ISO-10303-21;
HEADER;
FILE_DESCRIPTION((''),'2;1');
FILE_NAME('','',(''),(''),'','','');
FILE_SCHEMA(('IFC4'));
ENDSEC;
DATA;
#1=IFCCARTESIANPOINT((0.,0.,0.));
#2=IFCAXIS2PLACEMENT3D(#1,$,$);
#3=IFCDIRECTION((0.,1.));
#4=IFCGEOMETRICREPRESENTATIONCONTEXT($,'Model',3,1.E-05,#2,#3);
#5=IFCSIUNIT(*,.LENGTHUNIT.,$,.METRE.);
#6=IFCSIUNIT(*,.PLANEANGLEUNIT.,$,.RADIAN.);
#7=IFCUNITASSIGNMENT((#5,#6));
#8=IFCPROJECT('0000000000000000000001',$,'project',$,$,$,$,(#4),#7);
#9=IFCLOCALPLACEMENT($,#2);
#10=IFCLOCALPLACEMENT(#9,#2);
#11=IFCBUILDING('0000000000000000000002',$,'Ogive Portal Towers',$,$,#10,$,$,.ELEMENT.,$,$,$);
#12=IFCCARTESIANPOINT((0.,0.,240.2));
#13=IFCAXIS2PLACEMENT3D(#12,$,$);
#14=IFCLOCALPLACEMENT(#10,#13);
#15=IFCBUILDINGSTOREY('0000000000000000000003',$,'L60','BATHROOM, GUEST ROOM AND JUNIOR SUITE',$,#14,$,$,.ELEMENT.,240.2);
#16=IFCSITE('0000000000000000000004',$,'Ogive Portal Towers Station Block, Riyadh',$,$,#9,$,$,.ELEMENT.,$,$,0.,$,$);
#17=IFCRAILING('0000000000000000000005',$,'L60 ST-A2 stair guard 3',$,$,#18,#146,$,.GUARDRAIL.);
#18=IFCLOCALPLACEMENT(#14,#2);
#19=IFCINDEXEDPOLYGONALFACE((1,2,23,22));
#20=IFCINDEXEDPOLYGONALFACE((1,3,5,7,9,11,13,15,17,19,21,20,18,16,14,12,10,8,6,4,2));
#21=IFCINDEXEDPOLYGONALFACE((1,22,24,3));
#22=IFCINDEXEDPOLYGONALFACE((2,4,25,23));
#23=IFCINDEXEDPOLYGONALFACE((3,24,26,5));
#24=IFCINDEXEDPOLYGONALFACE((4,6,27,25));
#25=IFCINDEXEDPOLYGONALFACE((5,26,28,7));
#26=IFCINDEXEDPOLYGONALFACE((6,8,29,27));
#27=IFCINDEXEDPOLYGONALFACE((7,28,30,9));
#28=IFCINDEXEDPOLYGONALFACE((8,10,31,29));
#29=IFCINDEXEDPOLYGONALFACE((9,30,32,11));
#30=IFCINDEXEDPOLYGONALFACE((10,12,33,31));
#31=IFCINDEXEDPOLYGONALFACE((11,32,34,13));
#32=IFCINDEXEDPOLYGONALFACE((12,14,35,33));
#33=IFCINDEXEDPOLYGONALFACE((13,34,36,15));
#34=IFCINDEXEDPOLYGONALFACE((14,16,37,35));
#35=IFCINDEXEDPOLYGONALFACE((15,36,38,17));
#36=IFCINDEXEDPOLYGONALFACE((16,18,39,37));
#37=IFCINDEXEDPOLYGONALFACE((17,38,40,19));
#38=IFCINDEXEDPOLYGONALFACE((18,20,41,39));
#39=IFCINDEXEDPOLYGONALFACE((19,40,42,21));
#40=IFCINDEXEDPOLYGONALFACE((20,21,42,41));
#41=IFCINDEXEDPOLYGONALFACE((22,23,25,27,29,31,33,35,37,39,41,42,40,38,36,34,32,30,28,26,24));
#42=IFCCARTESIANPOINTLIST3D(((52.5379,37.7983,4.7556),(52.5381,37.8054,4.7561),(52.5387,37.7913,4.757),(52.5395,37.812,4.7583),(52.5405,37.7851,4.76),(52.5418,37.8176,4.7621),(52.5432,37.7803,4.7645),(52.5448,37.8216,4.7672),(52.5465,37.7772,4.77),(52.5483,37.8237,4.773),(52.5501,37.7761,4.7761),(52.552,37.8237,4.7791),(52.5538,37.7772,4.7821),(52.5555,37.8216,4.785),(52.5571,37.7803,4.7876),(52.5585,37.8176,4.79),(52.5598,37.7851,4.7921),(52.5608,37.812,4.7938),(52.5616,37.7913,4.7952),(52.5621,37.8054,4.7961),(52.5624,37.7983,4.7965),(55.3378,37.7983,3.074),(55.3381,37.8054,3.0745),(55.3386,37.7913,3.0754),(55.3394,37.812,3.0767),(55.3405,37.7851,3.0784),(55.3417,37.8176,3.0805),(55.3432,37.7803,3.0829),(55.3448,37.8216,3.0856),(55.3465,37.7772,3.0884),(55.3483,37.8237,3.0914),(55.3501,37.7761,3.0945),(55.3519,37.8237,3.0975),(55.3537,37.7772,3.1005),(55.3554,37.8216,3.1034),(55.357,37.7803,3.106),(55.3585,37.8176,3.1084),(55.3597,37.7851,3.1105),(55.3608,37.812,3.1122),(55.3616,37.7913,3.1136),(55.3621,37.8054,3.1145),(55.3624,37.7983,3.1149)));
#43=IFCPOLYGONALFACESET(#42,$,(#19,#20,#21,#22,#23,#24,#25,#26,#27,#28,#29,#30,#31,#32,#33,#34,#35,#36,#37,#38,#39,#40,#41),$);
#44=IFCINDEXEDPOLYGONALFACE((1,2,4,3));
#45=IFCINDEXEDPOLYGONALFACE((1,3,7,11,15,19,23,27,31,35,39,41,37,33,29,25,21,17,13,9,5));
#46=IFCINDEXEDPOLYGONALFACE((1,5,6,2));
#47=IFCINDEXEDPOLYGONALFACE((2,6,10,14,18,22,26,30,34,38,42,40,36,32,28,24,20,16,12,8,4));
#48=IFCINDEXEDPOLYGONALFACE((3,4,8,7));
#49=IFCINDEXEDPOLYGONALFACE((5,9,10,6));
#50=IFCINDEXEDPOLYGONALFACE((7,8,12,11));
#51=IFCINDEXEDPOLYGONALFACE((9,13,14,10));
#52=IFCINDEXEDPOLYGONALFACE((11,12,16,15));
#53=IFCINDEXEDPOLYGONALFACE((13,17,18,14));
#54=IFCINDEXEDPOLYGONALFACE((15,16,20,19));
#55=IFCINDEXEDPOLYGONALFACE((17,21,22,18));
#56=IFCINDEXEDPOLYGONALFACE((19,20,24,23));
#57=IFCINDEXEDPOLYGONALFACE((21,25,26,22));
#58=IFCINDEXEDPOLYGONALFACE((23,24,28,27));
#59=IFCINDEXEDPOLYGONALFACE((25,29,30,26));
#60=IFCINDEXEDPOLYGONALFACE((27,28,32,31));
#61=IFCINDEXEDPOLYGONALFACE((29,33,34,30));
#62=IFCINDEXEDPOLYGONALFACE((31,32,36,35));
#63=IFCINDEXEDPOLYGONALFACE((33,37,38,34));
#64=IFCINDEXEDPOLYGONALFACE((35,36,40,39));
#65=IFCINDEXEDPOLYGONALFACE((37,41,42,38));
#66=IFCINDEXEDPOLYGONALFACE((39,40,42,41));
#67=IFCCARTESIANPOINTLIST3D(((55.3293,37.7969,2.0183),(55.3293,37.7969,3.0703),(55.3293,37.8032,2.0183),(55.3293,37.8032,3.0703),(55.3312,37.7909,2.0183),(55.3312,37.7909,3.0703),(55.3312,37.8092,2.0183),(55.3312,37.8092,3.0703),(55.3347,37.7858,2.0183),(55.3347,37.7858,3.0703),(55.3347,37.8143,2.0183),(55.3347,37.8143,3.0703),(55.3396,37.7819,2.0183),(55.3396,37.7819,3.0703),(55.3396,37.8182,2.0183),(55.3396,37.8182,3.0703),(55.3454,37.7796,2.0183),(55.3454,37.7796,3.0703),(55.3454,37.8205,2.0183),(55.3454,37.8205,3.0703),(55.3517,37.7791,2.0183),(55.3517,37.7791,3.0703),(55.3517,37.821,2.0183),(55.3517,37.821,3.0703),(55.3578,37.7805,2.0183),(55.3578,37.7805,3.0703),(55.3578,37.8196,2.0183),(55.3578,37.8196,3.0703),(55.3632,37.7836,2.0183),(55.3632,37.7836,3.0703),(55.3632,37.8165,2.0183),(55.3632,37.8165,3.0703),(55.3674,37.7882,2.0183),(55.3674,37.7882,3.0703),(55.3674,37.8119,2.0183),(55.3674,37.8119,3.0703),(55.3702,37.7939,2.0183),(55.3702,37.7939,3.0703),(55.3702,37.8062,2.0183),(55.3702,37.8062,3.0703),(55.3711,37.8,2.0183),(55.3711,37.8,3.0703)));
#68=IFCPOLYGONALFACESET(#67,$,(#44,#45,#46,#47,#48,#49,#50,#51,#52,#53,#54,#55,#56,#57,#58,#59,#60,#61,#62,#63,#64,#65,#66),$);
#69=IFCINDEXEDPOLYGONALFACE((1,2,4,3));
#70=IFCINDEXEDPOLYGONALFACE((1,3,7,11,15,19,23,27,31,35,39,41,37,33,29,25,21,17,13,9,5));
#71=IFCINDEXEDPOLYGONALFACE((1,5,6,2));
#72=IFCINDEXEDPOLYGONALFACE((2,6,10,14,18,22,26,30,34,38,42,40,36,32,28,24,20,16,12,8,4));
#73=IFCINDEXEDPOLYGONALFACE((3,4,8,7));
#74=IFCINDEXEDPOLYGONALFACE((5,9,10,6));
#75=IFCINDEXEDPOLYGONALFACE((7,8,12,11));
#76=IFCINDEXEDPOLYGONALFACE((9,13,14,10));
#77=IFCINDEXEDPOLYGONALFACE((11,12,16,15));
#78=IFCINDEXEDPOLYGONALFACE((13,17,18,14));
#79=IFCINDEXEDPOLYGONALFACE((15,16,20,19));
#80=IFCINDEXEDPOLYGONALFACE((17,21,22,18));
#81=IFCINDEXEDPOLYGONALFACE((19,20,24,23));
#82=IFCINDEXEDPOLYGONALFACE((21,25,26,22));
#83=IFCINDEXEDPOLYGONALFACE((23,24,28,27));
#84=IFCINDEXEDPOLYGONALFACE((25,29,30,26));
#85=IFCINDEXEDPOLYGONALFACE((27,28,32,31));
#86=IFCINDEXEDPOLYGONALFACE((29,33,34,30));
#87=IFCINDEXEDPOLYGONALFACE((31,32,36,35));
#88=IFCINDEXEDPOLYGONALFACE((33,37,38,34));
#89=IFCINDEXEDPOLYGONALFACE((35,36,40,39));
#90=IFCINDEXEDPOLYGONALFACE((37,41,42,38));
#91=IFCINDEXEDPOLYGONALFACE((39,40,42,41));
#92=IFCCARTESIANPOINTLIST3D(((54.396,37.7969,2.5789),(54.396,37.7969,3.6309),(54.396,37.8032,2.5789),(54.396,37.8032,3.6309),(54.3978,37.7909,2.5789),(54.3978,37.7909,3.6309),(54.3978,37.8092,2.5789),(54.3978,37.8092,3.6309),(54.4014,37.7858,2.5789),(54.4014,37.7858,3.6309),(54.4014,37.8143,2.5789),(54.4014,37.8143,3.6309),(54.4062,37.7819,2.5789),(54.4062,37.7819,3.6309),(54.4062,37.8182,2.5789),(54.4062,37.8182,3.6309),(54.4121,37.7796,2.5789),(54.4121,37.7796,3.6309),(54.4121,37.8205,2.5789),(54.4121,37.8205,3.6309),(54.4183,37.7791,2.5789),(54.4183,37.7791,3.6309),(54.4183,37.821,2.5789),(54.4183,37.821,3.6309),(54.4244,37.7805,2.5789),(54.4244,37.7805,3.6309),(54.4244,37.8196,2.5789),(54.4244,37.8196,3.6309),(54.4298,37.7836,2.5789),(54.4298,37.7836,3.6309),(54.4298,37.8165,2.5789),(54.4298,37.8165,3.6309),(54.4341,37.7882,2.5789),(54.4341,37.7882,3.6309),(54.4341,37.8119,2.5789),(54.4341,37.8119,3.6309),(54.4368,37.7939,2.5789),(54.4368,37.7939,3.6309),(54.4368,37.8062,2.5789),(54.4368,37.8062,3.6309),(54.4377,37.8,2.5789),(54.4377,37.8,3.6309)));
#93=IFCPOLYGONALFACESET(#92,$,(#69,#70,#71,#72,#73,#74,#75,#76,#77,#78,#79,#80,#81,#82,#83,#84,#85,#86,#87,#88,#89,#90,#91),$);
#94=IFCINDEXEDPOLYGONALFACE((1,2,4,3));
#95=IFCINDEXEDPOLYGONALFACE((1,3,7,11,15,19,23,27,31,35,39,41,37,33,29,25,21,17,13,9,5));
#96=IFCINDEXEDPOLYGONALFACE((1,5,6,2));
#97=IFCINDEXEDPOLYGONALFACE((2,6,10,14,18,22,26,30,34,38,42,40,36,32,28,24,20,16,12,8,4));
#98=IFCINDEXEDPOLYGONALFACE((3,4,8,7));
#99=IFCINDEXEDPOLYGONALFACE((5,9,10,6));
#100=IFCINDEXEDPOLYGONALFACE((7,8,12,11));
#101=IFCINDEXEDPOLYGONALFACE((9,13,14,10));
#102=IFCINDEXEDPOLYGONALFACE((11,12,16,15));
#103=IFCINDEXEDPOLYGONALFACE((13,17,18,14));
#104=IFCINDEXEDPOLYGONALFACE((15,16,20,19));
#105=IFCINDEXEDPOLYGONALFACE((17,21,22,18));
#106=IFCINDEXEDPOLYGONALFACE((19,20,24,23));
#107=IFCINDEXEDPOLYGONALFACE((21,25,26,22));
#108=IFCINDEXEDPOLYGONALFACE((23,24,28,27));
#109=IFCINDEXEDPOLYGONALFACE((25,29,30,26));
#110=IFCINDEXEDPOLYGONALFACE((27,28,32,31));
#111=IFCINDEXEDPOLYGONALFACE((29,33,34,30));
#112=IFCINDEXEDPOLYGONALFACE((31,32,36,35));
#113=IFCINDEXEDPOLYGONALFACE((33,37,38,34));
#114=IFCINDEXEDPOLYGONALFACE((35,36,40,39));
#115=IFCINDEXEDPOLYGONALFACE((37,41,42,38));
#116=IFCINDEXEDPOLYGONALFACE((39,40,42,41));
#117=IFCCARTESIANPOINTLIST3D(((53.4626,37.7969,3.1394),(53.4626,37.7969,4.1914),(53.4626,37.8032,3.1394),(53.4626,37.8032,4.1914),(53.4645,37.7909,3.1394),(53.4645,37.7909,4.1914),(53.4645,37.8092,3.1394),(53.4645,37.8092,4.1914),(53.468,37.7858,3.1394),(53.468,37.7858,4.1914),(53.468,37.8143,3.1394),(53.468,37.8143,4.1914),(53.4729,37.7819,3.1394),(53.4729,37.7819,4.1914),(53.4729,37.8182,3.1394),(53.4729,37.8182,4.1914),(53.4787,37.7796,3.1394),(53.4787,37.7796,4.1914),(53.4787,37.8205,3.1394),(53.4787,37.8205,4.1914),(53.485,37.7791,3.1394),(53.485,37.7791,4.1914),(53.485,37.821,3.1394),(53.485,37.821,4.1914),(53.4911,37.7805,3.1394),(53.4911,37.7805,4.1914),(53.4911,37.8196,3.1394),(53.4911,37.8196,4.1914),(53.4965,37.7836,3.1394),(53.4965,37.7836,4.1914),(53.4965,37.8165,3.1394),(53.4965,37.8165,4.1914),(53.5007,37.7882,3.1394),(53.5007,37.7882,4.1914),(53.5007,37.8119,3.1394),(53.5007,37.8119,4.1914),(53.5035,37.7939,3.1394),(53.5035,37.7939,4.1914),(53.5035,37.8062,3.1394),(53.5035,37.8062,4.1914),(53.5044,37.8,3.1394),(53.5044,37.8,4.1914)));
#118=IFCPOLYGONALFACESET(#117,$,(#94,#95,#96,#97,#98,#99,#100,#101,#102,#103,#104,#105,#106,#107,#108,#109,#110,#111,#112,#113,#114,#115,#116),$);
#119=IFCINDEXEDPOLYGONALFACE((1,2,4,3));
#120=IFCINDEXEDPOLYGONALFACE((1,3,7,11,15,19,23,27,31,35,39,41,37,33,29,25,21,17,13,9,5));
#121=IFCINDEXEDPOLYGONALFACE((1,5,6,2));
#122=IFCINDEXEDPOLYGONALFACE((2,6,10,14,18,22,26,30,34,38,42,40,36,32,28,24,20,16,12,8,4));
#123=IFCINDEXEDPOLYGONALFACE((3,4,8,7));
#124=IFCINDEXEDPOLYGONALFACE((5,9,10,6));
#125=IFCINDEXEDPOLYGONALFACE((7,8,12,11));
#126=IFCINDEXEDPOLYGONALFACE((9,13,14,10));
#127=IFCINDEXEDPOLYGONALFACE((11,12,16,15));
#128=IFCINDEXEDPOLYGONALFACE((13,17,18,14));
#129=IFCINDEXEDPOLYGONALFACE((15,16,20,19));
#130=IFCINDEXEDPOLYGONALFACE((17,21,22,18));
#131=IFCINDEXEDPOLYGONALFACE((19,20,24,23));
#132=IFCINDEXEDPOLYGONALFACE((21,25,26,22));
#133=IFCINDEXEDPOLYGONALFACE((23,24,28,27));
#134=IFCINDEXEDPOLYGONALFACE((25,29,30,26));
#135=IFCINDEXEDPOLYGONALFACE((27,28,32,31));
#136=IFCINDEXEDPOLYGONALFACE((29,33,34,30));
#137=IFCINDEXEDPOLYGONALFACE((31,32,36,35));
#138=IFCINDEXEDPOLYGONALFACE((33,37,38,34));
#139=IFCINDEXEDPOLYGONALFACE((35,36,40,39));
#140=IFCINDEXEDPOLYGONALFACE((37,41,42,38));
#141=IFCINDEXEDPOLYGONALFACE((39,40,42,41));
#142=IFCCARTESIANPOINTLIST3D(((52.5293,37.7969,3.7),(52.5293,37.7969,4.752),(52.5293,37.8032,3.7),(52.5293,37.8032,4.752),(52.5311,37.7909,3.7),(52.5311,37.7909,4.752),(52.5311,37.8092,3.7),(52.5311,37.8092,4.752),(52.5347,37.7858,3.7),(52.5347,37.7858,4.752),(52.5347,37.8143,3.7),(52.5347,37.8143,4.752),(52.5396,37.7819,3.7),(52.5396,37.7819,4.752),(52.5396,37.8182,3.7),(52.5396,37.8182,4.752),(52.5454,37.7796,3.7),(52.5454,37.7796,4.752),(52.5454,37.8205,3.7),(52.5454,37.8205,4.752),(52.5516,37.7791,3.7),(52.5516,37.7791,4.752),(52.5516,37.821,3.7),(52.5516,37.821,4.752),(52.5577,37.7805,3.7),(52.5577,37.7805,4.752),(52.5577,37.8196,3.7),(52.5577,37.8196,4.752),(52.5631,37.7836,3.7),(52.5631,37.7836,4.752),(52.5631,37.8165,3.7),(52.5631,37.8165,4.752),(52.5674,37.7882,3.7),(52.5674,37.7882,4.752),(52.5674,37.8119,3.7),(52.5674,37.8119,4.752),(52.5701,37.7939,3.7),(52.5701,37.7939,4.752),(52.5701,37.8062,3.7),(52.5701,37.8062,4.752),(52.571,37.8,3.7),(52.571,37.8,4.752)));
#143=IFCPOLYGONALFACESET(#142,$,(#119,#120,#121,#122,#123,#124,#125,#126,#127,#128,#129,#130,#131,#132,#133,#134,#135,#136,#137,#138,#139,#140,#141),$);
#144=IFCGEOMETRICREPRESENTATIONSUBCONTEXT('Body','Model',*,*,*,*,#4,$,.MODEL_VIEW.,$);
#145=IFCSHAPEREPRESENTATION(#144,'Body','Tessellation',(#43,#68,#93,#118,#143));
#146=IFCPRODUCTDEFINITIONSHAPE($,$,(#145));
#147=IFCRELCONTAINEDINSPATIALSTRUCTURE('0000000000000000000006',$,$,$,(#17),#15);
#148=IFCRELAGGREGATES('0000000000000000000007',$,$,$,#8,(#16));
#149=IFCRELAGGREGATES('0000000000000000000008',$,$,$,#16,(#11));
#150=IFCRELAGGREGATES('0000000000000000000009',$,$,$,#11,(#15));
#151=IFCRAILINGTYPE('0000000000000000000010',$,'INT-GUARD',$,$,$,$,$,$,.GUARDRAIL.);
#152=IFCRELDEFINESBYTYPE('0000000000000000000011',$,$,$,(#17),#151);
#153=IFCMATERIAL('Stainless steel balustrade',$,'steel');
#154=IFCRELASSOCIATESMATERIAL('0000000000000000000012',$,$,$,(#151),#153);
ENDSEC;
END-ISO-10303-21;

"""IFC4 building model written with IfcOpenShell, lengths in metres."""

from ifc_helpers import new_model, si_unit, direction, frame, origin, origin_2d, place, context, subcontext, project, spatial, circle, extrude, material, type_object, element, save


model = new_model("IFC4")

# Units and contexts
model_context = context("Model", 3, precision=1e-05, world=origin(), true_north=direction((0.0, 1.0)))
body_context = subcontext(model_context, "Body", "Model", "MODEL_VIEW")
ifc_project = project(units=[si_unit("LENGTHUNIT", "METRE"), si_unit("PLANEANGLEUNIT", "RADIAN")], contexts=[model_context])

# Site, building, storey
site_placement = place(None, origin())
site = spatial("IfcSite", under=ifc_project, at=site_placement, Name="Ogive Portal Towers Station Block, Riyadh", CompositionType="ELEMENT", RefElevation=0.0)
building_placement = place(site_placement, origin())
building = spatial("IfcBuilding", under=site, at=building_placement, Name="Ogive Portal Towers", CompositionType="ELEMENT")
storey_placement = place(building_placement, frame((0.0, 0.0, 240.2)))
storey = spatial("IfcBuildingStorey", under=building, at=storey_placement, Name="L60", Description="BATHROOM, GUEST ROOM AND JUNIOR SUITE", CompositionType="ELEMENT", Elevation=240.2)

# Railing
ifc_material_1 = material(Name="Stainless steel balustrade", Category="steel")
railing_type_1 = type_object("IfcRailingType", Name="INT-GUARD", PredefinedType="GUARDRAIL", material=ifc_material_1)
railing_1_placement = place(storey_placement, frame((55.3501, 37.8, 2.0183)))
element("IfcRailing", 1, at=railing_1_placement, inside=storey, type_object=railing_type_1, Name="L60 ST-A2 stair guard 3", PredefinedType="GUARDRAIL", context=body_context, shape_type="SweptSolid", body=[
    extrude(circle(Radius=0.0239, at=origin_2d()), frame((0.0, 0.0, 1.0762), z_axis=(-0.857275, 0.0, 0.514858), x_axis=(0.0, -1.0, 0.0)), (0.0, 0.0, 1.0), 3.2661),
    extrude(circle(Radius=0.021, at=origin_2d()), origin(), (0.0, 0.0, 1.0), 1.052),
    extrude(circle(Radius=0.021, at=origin_2d()), frame((-0.9333, 0.0, 0.5605)), (0.0, 0.0, 1.0), 1.052),
    extrude(circle(Radius=0.021, at=origin_2d()), frame((-1.8667, 0.0, 1.1211)), (0.0, 0.0, 1.0), 1.052),
    extrude(circle(Radius=0.021, at=origin_2d()), frame((-2.8, 0.0, 1.6816)), (0.0, 0.0, 1.0), 1.052),
])

save(model, "model.ifc")
